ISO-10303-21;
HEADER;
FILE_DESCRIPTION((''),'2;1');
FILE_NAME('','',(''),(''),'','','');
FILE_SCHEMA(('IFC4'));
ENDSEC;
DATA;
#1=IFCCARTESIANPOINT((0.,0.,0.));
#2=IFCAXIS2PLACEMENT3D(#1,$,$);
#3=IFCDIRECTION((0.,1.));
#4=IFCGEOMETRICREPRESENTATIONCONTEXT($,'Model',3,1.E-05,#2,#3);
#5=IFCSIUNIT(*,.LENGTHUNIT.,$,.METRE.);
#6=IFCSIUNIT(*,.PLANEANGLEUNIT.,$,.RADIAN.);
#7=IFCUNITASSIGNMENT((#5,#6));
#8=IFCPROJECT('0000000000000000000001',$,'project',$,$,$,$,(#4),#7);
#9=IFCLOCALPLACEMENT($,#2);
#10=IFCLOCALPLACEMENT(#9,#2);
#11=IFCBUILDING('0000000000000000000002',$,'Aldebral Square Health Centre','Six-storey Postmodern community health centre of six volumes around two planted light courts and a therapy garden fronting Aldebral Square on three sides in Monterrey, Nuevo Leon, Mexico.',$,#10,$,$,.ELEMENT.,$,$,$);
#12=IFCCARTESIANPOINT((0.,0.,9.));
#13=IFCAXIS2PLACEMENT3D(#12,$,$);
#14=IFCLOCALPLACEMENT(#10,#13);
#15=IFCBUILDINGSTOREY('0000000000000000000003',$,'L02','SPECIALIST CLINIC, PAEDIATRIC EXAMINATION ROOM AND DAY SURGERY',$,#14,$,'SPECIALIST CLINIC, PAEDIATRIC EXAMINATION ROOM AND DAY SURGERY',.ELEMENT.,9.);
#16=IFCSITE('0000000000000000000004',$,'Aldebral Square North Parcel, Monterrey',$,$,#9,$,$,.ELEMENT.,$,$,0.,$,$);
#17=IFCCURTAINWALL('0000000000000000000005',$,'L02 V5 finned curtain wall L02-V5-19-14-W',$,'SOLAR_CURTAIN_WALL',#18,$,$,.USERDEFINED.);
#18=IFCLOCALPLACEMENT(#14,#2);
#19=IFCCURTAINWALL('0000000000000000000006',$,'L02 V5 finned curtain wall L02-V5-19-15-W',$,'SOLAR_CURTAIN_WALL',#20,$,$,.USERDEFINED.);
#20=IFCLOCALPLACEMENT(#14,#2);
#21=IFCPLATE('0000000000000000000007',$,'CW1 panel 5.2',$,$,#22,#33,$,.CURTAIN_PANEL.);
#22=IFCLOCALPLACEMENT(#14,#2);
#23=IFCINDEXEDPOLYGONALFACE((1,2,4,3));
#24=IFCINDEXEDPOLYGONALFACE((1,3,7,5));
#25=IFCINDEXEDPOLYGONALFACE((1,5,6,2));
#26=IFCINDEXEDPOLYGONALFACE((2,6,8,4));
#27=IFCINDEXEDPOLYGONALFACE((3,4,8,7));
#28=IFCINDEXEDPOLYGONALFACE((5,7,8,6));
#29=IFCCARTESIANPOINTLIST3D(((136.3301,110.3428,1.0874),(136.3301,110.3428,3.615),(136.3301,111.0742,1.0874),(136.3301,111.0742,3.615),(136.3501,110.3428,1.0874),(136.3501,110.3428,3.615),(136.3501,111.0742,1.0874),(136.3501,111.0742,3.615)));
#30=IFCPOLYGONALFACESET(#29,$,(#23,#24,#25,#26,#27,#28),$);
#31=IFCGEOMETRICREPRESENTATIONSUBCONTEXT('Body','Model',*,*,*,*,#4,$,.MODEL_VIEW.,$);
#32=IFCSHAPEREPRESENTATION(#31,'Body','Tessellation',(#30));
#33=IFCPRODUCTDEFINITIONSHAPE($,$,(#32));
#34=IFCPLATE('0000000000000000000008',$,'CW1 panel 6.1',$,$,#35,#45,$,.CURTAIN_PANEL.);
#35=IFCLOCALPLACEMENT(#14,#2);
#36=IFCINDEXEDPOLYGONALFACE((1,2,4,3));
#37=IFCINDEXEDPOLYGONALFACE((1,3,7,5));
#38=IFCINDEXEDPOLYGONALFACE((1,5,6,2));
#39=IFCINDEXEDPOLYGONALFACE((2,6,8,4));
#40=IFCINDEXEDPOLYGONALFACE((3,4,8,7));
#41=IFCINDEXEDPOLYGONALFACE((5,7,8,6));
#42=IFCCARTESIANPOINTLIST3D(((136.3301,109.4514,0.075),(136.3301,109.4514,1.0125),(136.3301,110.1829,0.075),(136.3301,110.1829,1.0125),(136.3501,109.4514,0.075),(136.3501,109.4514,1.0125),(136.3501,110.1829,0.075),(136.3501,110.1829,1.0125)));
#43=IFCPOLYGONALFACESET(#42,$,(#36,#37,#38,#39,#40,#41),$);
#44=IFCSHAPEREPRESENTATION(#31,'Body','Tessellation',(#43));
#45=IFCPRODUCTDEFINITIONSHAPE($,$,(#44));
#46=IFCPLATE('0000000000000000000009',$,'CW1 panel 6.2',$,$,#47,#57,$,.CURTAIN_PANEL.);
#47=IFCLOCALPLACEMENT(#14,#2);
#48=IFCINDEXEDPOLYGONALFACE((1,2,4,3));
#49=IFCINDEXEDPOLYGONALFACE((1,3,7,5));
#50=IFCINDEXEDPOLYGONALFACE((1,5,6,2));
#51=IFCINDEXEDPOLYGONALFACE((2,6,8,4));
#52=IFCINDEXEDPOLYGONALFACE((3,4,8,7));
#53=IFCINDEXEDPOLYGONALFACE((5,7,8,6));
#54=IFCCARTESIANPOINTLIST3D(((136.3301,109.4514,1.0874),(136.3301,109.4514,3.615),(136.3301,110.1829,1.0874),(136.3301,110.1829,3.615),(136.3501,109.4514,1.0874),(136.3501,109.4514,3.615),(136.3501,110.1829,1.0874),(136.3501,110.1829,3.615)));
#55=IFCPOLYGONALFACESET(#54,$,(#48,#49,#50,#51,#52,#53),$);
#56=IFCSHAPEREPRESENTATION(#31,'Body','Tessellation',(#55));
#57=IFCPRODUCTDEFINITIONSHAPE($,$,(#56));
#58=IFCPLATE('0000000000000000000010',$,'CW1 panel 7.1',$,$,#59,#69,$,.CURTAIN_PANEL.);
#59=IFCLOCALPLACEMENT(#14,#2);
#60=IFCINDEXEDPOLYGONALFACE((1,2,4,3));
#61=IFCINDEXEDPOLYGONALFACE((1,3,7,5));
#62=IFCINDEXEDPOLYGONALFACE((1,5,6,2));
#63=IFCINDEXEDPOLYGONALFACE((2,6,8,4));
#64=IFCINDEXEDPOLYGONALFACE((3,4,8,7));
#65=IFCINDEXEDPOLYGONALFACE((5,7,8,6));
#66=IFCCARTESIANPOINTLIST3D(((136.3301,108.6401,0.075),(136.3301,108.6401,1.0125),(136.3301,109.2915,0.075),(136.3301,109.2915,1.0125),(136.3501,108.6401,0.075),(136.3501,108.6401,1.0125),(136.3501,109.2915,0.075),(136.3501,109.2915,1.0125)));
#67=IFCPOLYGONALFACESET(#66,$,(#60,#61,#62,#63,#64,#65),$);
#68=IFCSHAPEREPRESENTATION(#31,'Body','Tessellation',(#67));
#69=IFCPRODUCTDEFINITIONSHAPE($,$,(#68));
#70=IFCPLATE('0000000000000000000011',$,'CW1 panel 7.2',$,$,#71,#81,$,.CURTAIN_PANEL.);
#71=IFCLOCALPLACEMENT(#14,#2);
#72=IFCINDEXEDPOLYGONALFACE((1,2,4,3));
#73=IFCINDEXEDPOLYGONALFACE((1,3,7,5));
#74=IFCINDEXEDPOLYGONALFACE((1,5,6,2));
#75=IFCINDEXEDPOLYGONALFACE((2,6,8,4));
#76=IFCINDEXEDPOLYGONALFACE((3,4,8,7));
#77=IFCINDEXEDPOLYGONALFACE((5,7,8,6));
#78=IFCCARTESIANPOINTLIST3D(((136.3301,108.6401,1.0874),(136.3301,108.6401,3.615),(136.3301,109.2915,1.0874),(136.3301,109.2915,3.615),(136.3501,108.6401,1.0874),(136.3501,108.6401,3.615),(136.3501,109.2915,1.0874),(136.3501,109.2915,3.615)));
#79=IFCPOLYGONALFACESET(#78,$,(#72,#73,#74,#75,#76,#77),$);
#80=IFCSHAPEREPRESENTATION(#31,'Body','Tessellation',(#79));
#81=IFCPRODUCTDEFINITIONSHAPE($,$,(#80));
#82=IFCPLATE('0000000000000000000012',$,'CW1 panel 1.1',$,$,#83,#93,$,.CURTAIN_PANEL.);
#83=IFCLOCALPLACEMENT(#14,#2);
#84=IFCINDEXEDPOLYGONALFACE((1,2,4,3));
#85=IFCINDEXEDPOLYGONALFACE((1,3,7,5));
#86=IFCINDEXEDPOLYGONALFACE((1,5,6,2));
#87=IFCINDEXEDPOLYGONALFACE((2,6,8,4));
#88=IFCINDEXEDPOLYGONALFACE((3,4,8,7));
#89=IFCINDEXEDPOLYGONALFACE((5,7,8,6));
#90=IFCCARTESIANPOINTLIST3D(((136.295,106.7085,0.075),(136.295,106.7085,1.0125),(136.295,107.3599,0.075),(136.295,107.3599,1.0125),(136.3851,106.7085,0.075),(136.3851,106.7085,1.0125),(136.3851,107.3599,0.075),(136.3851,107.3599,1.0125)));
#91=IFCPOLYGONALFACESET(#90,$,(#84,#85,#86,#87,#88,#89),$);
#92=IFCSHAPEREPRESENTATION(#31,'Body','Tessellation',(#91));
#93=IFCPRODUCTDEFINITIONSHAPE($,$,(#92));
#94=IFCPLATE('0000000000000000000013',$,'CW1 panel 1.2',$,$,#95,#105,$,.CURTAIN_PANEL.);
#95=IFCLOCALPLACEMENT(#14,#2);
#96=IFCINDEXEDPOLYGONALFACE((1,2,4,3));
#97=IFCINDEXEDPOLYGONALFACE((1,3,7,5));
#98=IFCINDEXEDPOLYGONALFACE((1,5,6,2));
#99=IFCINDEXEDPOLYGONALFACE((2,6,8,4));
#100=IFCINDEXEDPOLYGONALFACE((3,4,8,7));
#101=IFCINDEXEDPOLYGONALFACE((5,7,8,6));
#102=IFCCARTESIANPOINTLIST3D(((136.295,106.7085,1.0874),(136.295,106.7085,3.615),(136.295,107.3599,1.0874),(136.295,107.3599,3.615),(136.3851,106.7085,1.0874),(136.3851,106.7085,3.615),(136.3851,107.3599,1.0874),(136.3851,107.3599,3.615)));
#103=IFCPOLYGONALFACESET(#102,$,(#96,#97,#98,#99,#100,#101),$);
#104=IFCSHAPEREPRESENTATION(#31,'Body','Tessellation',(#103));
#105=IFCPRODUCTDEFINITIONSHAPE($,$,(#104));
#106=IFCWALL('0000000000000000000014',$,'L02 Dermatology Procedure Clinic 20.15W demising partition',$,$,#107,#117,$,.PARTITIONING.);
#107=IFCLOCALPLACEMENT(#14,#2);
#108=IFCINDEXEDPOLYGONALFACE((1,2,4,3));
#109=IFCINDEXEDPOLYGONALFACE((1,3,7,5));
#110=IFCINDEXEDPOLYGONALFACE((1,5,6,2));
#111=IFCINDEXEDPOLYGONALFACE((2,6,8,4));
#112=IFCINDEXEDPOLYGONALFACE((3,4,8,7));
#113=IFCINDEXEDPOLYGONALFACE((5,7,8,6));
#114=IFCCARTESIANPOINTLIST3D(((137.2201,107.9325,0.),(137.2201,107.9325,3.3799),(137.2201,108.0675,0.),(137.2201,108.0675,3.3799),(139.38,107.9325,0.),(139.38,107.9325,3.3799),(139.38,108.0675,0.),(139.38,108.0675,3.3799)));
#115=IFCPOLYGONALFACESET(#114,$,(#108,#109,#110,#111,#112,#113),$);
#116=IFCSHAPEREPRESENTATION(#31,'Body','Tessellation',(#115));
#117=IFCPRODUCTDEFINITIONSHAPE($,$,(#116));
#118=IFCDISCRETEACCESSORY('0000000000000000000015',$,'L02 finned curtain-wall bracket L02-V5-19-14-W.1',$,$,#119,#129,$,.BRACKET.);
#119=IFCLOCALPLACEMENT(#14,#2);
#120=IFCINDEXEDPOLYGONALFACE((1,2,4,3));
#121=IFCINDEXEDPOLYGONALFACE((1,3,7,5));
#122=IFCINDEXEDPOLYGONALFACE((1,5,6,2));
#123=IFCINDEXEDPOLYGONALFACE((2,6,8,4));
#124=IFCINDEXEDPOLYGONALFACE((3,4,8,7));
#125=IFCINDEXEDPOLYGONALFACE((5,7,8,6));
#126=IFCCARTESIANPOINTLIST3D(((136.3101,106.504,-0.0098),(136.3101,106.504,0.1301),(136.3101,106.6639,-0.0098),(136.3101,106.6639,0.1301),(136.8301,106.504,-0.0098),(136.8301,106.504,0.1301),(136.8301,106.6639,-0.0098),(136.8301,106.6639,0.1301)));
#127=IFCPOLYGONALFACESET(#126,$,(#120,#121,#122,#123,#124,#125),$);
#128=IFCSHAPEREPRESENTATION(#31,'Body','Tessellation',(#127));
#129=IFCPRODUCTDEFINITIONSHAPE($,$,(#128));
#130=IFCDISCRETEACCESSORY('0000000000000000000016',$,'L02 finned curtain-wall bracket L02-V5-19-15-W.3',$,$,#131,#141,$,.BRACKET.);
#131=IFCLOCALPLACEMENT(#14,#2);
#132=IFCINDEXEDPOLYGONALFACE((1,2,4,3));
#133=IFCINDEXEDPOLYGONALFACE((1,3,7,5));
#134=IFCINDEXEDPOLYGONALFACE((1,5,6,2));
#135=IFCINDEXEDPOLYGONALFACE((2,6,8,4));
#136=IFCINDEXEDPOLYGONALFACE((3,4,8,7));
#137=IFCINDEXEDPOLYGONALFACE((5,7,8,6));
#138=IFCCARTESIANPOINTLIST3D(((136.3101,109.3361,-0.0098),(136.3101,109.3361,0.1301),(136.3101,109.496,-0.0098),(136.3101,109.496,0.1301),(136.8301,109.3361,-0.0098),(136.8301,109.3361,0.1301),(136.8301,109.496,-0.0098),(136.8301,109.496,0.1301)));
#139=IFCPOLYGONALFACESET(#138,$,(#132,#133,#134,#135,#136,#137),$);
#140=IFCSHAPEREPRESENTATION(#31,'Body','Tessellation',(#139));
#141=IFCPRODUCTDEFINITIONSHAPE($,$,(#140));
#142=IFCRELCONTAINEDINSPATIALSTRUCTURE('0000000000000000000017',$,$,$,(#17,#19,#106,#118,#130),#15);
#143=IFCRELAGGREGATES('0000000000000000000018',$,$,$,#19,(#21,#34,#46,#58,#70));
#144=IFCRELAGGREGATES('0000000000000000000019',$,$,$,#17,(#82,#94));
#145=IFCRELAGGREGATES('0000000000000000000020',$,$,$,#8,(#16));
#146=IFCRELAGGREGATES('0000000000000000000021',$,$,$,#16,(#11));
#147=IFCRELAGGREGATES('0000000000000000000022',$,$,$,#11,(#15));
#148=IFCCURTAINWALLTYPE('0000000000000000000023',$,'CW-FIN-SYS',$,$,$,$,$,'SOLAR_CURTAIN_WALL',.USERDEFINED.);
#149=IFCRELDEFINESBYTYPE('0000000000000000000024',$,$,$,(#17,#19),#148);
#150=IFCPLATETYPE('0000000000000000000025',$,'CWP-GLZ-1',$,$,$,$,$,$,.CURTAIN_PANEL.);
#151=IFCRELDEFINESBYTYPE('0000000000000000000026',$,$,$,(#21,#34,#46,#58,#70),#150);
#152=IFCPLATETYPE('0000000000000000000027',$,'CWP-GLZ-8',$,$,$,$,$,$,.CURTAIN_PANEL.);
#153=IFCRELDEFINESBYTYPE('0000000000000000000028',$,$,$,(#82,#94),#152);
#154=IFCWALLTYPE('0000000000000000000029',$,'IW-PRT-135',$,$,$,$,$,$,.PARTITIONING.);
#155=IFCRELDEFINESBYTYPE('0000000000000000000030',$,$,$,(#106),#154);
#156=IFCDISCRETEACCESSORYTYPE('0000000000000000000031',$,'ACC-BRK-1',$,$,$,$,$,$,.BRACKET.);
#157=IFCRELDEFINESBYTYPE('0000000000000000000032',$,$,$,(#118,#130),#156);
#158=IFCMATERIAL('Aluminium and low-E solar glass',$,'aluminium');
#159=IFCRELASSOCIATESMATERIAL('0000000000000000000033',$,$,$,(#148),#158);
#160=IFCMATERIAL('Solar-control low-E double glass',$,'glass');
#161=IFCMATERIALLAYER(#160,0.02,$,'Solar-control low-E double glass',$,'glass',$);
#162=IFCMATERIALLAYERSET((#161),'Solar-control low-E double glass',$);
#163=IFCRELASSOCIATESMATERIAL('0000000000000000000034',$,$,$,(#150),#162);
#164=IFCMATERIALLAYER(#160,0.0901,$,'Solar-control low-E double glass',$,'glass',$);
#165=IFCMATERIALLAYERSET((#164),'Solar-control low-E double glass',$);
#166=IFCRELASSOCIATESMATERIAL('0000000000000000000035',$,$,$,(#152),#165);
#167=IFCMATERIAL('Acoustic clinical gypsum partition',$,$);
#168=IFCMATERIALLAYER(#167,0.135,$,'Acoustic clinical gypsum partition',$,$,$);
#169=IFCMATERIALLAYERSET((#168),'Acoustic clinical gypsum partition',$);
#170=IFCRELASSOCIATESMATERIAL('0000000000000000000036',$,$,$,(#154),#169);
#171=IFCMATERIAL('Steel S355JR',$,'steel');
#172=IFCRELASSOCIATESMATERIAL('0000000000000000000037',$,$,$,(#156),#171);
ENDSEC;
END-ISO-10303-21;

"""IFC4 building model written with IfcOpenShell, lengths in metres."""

from ifc_helpers import new_model, si_unit, direction, frame, frame_2d, origin, origin_2d, place, context, subcontext, project, spatial, rectangle, extrude, material, layer, layer_set, type_object, element, aggregate, save


model = new_model("IFC4")

# Units and contexts
model_context = context("Model", 3, precision=1e-05, world=origin(), true_north=direction((0.0, 1.0)))
body_context = subcontext(model_context, "Body", "Model", "MODEL_VIEW")
ifc_project = project(units=[si_unit("LENGTHUNIT", "METRE"), si_unit("PLANEANGLEUNIT", "RADIAN")], contexts=[model_context])

# Site, building, storey
site_placement = place(None, origin())
site = spatial("IfcSite", under=ifc_project, at=site_placement, Name="Aldebral Square North Parcel, Monterrey", CompositionType="ELEMENT", RefElevation=0.0)
building_placement = place(site_placement, origin())
building = spatial("IfcBuilding", under=site, at=building_placement, Name="Aldebral Square Health Centre", Description="Six-storey Postmodern community health centre of six volumes around two planted light courts and a therapy garden fronting Aldebral Square on three sides in Monterrey, Nuevo Leon, Mexico.", CompositionType="ELEMENT")
storey_placement = place(building_placement, frame((0.0, 0.0, 9.0)))
storey = spatial("IfcBuildingStorey", under=building, at=storey_placement, Name="L02", Description="SPECIALIST CLINIC, PAEDIATRIC EXAMINATION ROOM AND DAY SURGERY", LongName="SPECIALIST CLINIC, PAEDIATRIC EXAMINATION ROOM AND DAY SURGERY", CompositionType="ELEMENT", Elevation=9.0)

# Curtain walls
ifc_material_1 = material(Name="Aluminium and low-E solar glass", Category="aluminium")
curtain_wall_type = type_object("IfcCurtainWallType", Name="CW-FIN-SYS", ElementType="SOLAR_CURTAIN_WALL", PredefinedType="USERDEFINED", material=ifc_material_1)
curtain_wall_1_placement = place(storey_placement, origin())
curtain_wall_1 = element("IfcCurtainWall", 1, at=curtain_wall_1_placement, inside=storey, type_object=curtain_wall_type, Name="L02 V5 finned curtain wall L02-V5-19-14-W", ObjectType="SOLAR_CURTAIN_WALL", PredefinedType="USERDEFINED")
curtain_wall_2_placement = place(storey_placement, origin())
curtain_wall_2 = element("IfcCurtainWall", 2, at=curtain_wall_2_placement, inside=storey, type_object=curtain_wall_type, Name="L02 V5 finned curtain wall L02-V5-19-15-W", ObjectType="SOLAR_CURTAIN_WALL", PredefinedType="USERDEFINED")

# Plates
ifc_material_2 = material(Name="Solar-control low-E double glass", Category="glass")
ifc_layer_1 = layer(ifc_material_2, 0.02, Name="Solar-control low-E double glass", Category="glass")
ifc_layer_set_1 = layer_set([ifc_layer_1], Name="Solar-control low-E double glass")
plate_type_1 = type_object("IfcPlateType", Name="CWP-GLZ-1", PredefinedType="CURTAIN_PANEL", material=ifc_layer_set_1)
plate_1_placement = place(storey_placement, frame((136.3401, 110.7085, 1.0874), z_axis=(0.0, 0.0, 1.0), x_axis=(0.0, -1.0, 0.0)))
plate_1 = element("IfcPlate", 3, at=plate_1_placement, type_object=plate_type_1, Name="CW1 panel 5.2", PredefinedType="CURTAIN_PANEL", context=body_context, shape_type="SweptSolid", body=[
    extrude(rectangle(XDim=0.7314, YDim=0.02, at=origin_2d()), origin(), (0.0, 0.0, 1.0), 2.5276),
])
plate_2_placement = place(storey_placement, frame((136.3401, 109.8171, 0.075), z_axis=(0.0, 0.0, 1.0), x_axis=(0.0, -1.0, 0.0)))
plate_2 = element("IfcPlate", 4, at=plate_2_placement, type_object=plate_type_1, Name="CW1 panel 6.1", PredefinedType="CURTAIN_PANEL", context=body_context, shape_type="SweptSolid", body=[
    extrude(rectangle(XDim=0.7314, YDim=0.02, at=origin_2d()), origin(), (0.0, 0.0, 1.0), 0.9375),
])
plate_3_placement = place(storey_placement, frame((136.3401, 109.8171, 1.0874), z_axis=(0.0, 0.0, 1.0), x_axis=(0.0, -1.0, 0.0)))
plate_3 = element("IfcPlate", 5, at=plate_3_placement, type_object=plate_type_1, Name="CW1 panel 6.2", PredefinedType="CURTAIN_PANEL", context=body_context, shape_type="SweptSolid", body=[
    extrude(rectangle(XDim=0.7314, YDim=0.02, at=origin_2d()), origin(), (0.0, 0.0, 1.0), 2.5276),
])
plate_4_placement = place(storey_placement, frame((136.3401, 108.9658, 0.075), z_axis=(0.0, 0.0, 1.0), x_axis=(0.0, -1.0, 0.0)))
plate_4 = element("IfcPlate", 6, at=plate_4_placement, type_object=plate_type_1, Name="CW1 panel 7.1", PredefinedType="CURTAIN_PANEL", context=body_context, shape_type="SweptSolid", body=[
    extrude(rectangle(XDim=0.6514, YDim=0.02, at=origin_2d()), origin(), (0.0, 0.0, 1.0), 0.9375),
])
plate_5_placement = place(storey_placement, frame((136.3401, 108.9658, 1.0874), z_axis=(0.0, 0.0, 1.0), x_axis=(0.0, -1.0, 0.0)))
plate_5 = element("IfcPlate", 7, at=plate_5_placement, type_object=plate_type_1, Name="CW1 panel 7.2", PredefinedType="CURTAIN_PANEL", context=body_context, shape_type="SweptSolid", body=[
    extrude(rectangle(XDim=0.6514, YDim=0.02, at=origin_2d()), origin(), (0.0, 0.0, 1.0), 2.5276),
])
aggregate(curtain_wall_2, [plate_1, plate_2, plate_3, plate_4, plate_5])
ifc_layer_2 = layer(ifc_material_2, 0.0901, Name="Solar-control low-E double glass", Category="glass")
ifc_layer_set_2 = layer_set([ifc_layer_2], Name="Solar-control low-E double glass")
plate_type_2 = type_object("IfcPlateType", Name="CWP-GLZ-8", PredefinedType="CURTAIN_PANEL", material=ifc_layer_set_2)
plate_6_placement = place(storey_placement, frame((136.3401, 107.0342, 0.075), z_axis=(0.0, 0.0, 1.0), x_axis=(0.0, -1.0, 0.0)))
plate_6 = element("IfcPlate", 8, at=plate_6_placement, type_object=plate_type_2, Name="CW1 panel 1.1", PredefinedType="CURTAIN_PANEL", context=body_context, shape_type="SweptSolid", body=[
    extrude(rectangle(XDim=0.6514, YDim=0.0901, at=origin_2d()), origin(), (0.0, 0.0, 1.0), 0.9375),
])
plate_7_placement = place(storey_placement, frame((136.3401, 107.0342, 1.0874), z_axis=(0.0, 0.0, 1.0), x_axis=(0.0, -1.0, 0.0)))
plate_7 = element("IfcPlate", 9, at=plate_7_placement, type_object=plate_type_2, Name="CW1 panel 1.2", PredefinedType="CURTAIN_PANEL", context=body_context, shape_type="SweptSolid", body=[
    extrude(rectangle(XDim=0.6514, YDim=0.0901, at=origin_2d()), origin(), (0.0, 0.0, 1.0), 2.5276),
])
aggregate(curtain_wall_1, [plate_6, plate_7])

# Wall
ifc_material_3 = material(Name="Acoustic clinical gypsum partition")
ifc_layer_3 = layer(ifc_material_3, 0.135, Name="Acoustic clinical gypsum partition")
ifc_layer_set_3 = layer_set([ifc_layer_3], Name="Acoustic clinical gypsum partition")
wall_type_1 = type_object("IfcWallType", Name="IW-PRT-135", PredefinedType="PARTITIONING", material=ifc_layer_set_3)
wall_1_placement = place(storey_placement, frame((137.22, 108.0, 0.0), z_axis=(0.0, 0.0, 1.0), x_axis=(1.0, 0.0, 0.0)))
element("IfcWall", 10, at=wall_1_placement, inside=storey, type_object=wall_type_1, Name="L02 Dermatology Procedure Clinic 20.15W demising partition", PredefinedType="PARTITIONING", context=body_context, shape_type="SweptSolid", body=[
    extrude(rectangle(XDim=2.1599, YDim=0.135, at=frame_2d((1.0801, 0.0))), origin(), (0.0, 0.0, 1.0), 3.3799),
])

# Discrete accessories
ifc_material_4 = material(Name="Steel S355JR", Category="steel")
discrete_accessory_type = type_object("IfcDiscreteAccessoryType", Name="ACC-BRK-1", PredefinedType="BRACKET", material=ifc_material_4)
for number, where, z_axis, x_axis, name in (
    (11, (136.5701, 106.584, -0.0098), (0.0, 0.0, 1.0), (0.0, 1.0, 0.0), "L02 finned curtain-wall bracket L02-V5-19-14-W.1"),
    (12, (136.5701, 109.416, -0.0098), (0.0, 0.0, 1.0), (0.0, 1.0, 0.0), "L02 finned curtain-wall bracket L02-V5-19-15-W.3"),
):
    element("IfcDiscreteAccessory", number, at=place(storey_placement, frame(where, z_axis=z_axis, x_axis=x_axis)), inside=storey, type_object=discrete_accessory_type, Name=name, PredefinedType="BRACKET", context=body_context, shape_type="SweptSolid", body=[
        extrude(rectangle(XDim=0.1599, YDim=0.52, at=origin_2d()), origin(), (0.0, 0.0, 1.0), 0.1399),
    ])

save(model, "model.ifc")
